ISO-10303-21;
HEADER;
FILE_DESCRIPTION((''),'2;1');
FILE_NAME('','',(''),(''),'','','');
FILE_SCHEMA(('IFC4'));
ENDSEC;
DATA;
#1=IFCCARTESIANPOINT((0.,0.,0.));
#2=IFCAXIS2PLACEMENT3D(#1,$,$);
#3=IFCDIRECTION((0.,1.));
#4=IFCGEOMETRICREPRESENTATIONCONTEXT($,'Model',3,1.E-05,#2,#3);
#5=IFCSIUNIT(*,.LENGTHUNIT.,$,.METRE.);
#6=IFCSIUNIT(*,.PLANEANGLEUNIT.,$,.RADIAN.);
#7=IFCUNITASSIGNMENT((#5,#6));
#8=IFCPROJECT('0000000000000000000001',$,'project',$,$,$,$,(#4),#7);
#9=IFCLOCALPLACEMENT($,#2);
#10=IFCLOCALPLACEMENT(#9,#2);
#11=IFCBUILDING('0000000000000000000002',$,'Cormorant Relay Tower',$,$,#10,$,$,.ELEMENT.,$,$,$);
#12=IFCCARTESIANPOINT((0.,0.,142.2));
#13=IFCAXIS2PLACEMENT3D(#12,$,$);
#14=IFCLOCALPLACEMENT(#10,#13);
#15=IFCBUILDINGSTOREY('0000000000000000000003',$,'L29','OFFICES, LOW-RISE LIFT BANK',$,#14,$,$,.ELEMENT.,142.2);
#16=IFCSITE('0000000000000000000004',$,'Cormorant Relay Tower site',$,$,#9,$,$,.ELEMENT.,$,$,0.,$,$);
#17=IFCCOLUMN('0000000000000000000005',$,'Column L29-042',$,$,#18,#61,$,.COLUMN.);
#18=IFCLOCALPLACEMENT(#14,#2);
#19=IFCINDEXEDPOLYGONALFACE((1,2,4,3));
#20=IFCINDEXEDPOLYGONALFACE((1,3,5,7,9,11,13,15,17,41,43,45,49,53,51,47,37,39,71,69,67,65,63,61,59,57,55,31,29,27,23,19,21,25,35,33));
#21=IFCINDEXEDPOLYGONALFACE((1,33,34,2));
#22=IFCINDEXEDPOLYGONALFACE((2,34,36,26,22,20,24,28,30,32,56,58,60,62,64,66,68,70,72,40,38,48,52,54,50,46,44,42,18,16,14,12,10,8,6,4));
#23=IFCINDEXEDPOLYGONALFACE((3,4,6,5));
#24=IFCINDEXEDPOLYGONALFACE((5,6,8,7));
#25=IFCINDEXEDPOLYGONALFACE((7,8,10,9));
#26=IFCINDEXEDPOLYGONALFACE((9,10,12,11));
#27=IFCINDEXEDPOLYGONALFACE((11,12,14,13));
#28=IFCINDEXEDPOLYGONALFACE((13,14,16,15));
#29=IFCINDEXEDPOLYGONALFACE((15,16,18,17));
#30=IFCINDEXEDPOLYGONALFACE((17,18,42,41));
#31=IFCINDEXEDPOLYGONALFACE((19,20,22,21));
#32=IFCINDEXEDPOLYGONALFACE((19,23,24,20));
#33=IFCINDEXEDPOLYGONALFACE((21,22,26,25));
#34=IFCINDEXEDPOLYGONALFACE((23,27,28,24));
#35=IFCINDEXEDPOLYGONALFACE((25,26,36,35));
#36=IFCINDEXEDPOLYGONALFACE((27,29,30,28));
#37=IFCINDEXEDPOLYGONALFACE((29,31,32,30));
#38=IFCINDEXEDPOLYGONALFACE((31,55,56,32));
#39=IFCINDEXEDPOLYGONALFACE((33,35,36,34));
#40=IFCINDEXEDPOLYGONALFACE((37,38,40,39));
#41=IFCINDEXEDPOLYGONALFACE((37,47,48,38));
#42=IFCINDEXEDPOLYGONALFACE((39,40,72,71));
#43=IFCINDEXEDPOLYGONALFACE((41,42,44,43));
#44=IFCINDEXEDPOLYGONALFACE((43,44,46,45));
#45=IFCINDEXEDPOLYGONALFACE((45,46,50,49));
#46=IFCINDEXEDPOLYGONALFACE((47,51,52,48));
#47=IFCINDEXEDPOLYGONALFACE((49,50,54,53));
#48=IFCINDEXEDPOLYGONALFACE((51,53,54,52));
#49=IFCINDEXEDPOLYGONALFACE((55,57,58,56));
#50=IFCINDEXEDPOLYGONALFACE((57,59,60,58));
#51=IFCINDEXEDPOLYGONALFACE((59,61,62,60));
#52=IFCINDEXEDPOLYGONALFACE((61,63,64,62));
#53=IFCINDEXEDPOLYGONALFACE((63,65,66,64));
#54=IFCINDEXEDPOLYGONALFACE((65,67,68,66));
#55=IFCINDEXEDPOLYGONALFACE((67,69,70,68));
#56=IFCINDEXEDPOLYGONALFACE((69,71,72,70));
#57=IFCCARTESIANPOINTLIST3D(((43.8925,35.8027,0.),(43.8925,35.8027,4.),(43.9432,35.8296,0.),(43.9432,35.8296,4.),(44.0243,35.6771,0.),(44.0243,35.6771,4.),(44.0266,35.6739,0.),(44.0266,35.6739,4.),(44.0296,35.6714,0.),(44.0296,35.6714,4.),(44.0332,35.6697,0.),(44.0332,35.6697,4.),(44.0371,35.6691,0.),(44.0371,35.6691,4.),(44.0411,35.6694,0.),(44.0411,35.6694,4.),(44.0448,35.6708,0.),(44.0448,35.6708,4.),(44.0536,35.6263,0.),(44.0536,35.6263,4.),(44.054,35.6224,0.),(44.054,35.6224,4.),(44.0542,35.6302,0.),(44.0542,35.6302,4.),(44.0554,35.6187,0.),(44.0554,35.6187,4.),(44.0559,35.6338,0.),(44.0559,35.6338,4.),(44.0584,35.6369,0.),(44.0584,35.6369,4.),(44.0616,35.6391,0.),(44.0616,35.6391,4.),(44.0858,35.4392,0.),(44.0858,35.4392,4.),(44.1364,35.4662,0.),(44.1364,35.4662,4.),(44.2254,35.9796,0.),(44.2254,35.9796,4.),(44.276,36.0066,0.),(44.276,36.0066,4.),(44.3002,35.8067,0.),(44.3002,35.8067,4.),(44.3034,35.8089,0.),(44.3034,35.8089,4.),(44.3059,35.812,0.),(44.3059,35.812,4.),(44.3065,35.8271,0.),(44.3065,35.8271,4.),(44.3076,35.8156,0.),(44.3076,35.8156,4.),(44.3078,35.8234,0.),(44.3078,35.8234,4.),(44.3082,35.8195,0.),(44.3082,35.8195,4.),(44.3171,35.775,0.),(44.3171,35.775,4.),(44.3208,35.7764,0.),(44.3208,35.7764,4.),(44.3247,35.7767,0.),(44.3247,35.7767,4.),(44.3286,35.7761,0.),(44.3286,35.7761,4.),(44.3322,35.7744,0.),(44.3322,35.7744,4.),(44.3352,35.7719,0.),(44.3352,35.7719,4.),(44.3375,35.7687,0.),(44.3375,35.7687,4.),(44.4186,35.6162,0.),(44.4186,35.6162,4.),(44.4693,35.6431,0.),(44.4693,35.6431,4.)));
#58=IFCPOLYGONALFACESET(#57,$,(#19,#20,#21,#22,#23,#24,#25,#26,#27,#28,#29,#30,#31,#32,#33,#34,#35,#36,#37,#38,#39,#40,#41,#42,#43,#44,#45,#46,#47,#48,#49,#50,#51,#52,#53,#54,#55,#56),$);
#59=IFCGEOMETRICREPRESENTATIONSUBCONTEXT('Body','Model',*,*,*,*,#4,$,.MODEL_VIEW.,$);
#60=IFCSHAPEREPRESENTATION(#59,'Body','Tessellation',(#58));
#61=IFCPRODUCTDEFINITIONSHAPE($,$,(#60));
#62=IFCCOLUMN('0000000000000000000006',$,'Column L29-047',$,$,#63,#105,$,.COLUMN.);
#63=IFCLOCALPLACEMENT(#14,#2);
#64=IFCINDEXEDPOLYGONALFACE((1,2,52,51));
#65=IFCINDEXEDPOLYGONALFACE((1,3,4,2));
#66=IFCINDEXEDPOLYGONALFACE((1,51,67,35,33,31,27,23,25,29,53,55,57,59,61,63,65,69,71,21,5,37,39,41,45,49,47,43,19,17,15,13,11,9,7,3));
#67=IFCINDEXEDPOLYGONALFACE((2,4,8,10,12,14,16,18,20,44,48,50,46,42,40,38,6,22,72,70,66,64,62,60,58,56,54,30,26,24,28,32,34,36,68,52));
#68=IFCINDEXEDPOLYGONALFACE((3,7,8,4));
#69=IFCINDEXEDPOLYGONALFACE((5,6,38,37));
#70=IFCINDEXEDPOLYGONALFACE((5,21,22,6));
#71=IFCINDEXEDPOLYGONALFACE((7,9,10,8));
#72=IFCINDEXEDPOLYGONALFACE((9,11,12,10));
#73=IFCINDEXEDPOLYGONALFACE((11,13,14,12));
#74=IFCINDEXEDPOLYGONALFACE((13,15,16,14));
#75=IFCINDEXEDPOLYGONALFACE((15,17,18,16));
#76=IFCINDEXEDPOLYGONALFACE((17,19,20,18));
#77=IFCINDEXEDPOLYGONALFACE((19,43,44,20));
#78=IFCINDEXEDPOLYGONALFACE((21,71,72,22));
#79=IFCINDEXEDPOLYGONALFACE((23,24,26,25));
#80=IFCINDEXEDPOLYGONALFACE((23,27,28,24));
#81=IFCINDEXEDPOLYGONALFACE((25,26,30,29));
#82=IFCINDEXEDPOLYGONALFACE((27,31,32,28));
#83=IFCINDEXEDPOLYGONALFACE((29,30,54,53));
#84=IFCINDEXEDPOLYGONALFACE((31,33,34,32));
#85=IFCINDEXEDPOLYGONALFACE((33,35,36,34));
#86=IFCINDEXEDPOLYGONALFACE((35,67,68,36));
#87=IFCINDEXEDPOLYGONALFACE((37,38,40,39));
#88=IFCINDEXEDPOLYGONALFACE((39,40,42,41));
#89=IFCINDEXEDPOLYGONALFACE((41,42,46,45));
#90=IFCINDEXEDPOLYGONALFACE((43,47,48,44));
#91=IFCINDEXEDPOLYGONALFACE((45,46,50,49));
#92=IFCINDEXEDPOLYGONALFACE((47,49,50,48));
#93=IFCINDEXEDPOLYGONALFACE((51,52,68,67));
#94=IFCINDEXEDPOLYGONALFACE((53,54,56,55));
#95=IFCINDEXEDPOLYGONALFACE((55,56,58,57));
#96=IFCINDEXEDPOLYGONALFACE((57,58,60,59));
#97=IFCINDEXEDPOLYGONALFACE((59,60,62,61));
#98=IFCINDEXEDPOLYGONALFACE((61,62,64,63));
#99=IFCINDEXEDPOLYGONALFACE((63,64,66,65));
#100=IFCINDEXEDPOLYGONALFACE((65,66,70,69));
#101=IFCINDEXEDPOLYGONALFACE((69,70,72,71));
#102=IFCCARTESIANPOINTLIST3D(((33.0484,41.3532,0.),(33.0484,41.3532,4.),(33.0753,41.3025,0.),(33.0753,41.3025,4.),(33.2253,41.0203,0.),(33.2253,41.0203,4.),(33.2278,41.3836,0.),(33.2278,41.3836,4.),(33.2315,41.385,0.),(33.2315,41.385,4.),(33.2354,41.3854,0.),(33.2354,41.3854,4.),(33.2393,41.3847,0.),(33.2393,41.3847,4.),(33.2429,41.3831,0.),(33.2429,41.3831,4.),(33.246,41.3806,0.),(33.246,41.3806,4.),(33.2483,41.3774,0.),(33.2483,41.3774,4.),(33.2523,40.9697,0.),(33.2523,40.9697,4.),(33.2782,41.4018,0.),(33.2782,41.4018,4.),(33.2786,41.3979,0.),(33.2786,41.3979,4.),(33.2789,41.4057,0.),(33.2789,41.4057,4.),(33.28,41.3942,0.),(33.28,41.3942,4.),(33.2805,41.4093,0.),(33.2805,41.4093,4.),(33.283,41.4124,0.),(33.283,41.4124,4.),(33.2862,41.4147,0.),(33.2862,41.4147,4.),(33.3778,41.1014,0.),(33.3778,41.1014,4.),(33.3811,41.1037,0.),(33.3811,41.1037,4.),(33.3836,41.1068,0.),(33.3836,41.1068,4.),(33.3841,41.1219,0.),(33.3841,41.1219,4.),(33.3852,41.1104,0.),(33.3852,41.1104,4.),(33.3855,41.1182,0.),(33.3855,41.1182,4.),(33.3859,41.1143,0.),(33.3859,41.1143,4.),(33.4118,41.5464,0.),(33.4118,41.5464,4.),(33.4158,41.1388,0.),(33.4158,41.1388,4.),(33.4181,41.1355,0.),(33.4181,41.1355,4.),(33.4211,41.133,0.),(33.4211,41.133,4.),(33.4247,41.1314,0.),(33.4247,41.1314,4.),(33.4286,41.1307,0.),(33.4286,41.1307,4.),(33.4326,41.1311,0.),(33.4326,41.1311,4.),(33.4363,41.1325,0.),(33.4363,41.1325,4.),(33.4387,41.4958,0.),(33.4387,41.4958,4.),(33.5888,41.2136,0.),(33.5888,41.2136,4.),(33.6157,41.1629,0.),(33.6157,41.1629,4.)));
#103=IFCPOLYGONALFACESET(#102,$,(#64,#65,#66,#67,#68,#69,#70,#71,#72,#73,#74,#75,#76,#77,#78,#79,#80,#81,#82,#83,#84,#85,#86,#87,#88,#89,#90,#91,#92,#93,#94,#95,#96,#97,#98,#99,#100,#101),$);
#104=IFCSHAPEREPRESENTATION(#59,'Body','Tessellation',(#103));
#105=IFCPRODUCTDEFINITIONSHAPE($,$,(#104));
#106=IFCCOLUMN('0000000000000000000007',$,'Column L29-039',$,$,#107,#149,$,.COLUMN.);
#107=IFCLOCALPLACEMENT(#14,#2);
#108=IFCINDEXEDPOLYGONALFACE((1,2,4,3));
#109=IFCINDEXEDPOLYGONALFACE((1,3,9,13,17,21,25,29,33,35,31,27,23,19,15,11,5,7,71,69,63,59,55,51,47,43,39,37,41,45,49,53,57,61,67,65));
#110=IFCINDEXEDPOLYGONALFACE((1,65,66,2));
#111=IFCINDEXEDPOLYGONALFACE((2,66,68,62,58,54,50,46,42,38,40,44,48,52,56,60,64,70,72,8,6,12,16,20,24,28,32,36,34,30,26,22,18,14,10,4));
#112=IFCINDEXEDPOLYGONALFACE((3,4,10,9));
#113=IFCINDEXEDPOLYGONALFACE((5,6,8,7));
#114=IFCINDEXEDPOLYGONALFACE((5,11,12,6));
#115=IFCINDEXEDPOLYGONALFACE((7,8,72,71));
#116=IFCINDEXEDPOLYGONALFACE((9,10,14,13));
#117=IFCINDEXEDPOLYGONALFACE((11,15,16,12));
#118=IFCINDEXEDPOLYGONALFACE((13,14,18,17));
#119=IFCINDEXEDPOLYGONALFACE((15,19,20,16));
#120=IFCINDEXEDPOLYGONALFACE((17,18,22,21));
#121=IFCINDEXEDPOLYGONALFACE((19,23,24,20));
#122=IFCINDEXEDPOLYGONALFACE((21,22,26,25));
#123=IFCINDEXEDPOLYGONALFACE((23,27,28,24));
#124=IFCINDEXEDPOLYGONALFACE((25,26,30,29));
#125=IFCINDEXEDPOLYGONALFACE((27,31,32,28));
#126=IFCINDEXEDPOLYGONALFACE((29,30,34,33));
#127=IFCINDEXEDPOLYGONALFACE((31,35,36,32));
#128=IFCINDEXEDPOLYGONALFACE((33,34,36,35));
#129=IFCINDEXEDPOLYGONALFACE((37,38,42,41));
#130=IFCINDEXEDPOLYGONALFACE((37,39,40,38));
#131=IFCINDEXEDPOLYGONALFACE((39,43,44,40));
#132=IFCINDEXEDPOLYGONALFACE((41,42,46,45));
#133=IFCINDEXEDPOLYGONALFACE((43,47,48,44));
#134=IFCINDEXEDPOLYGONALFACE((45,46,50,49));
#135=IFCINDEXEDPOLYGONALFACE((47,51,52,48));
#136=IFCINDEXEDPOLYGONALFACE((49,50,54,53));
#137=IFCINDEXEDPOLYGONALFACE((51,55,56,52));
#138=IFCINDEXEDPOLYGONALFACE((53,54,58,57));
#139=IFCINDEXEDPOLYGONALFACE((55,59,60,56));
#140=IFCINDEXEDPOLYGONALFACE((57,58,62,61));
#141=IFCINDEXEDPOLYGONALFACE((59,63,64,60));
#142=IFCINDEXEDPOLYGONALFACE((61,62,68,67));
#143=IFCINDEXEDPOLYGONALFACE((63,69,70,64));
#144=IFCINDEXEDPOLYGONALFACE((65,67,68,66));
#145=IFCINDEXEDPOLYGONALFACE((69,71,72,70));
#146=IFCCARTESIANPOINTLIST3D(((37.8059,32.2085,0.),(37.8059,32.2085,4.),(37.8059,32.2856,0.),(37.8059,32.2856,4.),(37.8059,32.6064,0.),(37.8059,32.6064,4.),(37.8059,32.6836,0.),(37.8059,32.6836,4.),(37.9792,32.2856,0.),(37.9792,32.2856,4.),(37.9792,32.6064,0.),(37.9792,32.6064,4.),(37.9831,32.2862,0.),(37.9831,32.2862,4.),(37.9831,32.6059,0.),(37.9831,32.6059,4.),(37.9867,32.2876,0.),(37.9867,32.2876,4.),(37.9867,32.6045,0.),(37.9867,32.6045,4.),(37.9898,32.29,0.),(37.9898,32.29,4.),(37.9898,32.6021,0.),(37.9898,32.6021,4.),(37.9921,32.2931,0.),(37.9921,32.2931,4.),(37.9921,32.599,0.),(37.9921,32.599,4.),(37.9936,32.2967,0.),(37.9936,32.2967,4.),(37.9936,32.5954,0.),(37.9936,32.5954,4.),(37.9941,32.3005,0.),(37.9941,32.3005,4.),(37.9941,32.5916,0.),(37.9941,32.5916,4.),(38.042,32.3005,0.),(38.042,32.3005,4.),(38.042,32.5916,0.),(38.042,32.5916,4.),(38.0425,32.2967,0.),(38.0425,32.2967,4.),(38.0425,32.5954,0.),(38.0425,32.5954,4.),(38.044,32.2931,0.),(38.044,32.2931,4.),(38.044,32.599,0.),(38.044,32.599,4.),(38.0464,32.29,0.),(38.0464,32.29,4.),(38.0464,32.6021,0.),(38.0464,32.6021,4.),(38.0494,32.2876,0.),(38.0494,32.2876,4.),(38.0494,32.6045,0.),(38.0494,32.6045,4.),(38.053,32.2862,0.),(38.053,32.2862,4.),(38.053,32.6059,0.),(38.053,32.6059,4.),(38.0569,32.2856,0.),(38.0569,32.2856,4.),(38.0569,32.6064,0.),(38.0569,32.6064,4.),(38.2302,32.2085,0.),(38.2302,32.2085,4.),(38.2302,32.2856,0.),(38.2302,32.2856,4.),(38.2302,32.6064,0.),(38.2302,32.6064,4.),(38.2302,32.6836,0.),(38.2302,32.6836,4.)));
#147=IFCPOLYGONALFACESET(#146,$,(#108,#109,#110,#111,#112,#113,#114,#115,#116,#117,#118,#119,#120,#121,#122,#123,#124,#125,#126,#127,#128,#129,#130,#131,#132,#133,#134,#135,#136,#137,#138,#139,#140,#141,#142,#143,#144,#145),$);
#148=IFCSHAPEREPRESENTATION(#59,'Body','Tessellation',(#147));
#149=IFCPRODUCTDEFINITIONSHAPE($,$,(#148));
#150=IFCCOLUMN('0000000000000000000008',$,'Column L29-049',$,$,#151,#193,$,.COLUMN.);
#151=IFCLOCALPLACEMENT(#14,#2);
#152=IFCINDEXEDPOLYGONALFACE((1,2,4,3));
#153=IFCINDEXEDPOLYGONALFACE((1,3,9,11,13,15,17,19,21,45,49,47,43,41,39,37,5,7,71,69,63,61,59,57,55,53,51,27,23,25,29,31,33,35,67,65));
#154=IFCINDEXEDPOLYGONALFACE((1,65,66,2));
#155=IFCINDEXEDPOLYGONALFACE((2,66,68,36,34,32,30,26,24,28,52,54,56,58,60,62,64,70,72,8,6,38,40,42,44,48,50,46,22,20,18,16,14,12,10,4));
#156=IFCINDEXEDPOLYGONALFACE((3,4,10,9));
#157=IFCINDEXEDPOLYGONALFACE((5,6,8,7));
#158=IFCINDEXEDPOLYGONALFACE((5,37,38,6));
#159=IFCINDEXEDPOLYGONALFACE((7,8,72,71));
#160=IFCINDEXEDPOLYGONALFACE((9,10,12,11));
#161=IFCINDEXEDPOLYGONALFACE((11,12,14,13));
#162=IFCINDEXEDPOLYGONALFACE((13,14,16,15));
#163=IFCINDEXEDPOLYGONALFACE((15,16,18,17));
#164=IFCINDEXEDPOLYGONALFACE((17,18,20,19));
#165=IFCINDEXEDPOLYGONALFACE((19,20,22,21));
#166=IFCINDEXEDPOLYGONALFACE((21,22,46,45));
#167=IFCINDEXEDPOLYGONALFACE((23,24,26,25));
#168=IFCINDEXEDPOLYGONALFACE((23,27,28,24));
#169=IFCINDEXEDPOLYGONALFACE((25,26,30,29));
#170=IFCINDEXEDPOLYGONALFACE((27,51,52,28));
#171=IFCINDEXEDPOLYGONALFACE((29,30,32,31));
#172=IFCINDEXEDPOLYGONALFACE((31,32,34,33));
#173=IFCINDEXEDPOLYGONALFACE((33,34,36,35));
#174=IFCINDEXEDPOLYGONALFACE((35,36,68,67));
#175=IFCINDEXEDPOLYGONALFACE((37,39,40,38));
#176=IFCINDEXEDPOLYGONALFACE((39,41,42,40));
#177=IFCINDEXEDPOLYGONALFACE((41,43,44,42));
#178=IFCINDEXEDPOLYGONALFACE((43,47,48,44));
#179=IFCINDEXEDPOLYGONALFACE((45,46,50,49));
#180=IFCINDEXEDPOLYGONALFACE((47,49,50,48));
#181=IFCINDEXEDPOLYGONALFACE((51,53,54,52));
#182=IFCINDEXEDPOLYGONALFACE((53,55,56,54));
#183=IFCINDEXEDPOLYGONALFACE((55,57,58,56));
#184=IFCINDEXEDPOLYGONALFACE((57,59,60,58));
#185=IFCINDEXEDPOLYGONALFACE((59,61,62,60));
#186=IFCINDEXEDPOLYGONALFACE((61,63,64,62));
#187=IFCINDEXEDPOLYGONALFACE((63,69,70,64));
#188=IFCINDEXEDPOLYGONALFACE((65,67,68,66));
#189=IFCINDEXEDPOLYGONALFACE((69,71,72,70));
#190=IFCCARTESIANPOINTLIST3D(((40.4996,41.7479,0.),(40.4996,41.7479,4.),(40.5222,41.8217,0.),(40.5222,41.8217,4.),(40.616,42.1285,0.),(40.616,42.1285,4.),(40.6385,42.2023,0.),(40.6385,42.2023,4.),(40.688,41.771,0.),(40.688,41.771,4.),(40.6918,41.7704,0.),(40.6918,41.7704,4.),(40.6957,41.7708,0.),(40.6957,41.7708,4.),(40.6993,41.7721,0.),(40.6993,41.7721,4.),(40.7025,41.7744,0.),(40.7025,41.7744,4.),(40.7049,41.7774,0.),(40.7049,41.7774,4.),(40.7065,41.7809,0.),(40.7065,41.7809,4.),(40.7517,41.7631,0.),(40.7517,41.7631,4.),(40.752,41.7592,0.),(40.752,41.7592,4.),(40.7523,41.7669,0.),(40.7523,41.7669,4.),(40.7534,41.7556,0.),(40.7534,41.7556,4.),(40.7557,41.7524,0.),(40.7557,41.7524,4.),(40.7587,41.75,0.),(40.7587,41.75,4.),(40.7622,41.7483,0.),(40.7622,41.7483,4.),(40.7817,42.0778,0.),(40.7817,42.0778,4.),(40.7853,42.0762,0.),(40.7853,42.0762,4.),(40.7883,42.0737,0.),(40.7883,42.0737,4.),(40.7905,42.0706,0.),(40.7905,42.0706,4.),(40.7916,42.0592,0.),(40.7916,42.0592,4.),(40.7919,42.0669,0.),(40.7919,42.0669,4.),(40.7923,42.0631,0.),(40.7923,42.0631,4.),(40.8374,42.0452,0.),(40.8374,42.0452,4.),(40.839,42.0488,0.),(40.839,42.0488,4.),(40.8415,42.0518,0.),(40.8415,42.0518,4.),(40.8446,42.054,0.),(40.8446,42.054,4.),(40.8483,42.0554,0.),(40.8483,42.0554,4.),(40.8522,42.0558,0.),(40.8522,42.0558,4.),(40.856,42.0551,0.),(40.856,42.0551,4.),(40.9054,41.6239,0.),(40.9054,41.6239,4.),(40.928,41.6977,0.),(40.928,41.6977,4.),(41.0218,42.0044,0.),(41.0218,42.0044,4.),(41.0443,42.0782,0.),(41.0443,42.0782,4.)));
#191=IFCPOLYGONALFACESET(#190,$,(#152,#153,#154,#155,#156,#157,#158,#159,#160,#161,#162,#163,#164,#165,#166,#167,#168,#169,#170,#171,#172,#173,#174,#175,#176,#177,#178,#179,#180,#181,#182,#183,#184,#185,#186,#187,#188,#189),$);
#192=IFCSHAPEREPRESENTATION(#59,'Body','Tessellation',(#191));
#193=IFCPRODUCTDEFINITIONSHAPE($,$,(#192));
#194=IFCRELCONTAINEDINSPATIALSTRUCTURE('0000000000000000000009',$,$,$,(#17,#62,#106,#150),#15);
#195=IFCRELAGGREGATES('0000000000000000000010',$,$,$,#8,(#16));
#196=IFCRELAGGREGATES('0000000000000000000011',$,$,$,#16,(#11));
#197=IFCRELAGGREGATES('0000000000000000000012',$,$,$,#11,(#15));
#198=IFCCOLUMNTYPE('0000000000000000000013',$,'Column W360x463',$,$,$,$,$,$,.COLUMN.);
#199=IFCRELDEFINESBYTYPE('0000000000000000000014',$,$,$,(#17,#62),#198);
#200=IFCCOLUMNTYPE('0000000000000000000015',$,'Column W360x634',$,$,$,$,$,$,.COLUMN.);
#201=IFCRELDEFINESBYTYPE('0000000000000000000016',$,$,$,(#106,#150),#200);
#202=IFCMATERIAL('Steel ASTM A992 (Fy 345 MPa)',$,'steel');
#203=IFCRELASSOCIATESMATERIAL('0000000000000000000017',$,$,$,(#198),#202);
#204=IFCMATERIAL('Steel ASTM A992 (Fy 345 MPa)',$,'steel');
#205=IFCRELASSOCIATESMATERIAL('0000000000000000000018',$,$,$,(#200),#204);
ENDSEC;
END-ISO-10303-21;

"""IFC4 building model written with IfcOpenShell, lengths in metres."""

from ifc_helpers import new_model, si_unit, direction, frame, origin, origin_2d, place, context, subcontext, project, spatial, i_section, extrude, material, material_profile, profile_set, type_object, element, save


model = new_model("IFC4")

# Units and contexts
model_context = context("Model", 3, precision=1e-05, world=origin(), true_north=direction((0.0, 1.0)))
body_context = subcontext(model_context, "Body", "Model", "MODEL_VIEW")
ifc_project = project(units=[si_unit("LENGTHUNIT", "METRE"), si_unit("PLANEANGLEUNIT", "RADIAN")], contexts=[model_context])

# Site, building, storey
site_placement = place(None, origin())
site = spatial("IfcSite", under=ifc_project, at=site_placement, Name="Cormorant Relay Tower site", CompositionType="ELEMENT", RefElevation=0.0)
building_placement = place(site_placement, origin())
building = spatial("IfcBuilding", under=site, at=building_placement, Name="Cormorant Relay Tower", CompositionType="ELEMENT")
storey_placement = place(building_placement, frame((0.0, 0.0, 142.2)))
storey = spatial("IfcBuildingStorey", under=building, at=storey_placement, Name="L29", Description="OFFICES, LOW-RISE LIFT BANK", CompositionType="ELEMENT", Elevation=142.2)

# Columns
ifc_material_1 = material(Name="Steel ASTM A992 (Fy 345 MPa)", Category="steel")
ifc_material_profile_1 = material_profile(ifc_material_1, i_section(OverallWidth=0.4116, OverallDepth=0.4343, WebThickness=0.0359, FlangeThickness=0.0574, FilletRadius=0.0151, at=origin_2d()), Name="W360x463")
ifc_profile_set_1 = profile_set([ifc_material_profile_1], Name="Steel ASTM A992 (Fy 345 MPa)")
column_type_1 = type_object("IfcColumnType", Name="Column W360x463", PredefinedType="COLUMN", material=ifc_profile_set_1)
for number, where, z_axis, x_axis, name in (
    (1, (44.1809, 35.7229, 0.0), (0.0, 0.0, 1.0), (-0.469472, 0.882948, 0.0), "Column L29-042"),
    (2, (33.332, 41.2581, 0.0), (0.0, 0.0, 1.0), (-0.882948, -0.469472, 0.0), "Column L29-047"),
):
    element("IfcColumn", number, at=place(storey_placement, frame(where, z_axis=z_axis, x_axis=x_axis)), inside=storey, type_object=column_type_1, Name=name, PredefinedType="COLUMN", context=body_context, shape_type="SweptSolid", body=[
        extrude(i_section(OverallWidth=0.4116, OverallDepth=0.4343, WebThickness=0.0359, FlangeThickness=0.0574, FilletRadius=0.0151, at=origin_2d()), origin(), (0.0, 0.0, 1.0), 4.0),
    ])
ifc_material_2 = material(Name="Steel ASTM A992 (Fy 345 MPa)", Category="steel")
ifc_material_profile_2 = material_profile(ifc_material_2, i_section(OverallWidth=0.4243, OverallDepth=0.4751, WebThickness=0.0479, FlangeThickness=0.0771, FilletRadius=0.0149, at=origin_2d()), Name="W360x634")
ifc_profile_set_2 = profile_set([ifc_material_profile_2], Name="Steel ASTM A992 (Fy 345 MPa)")
column_type_2 = type_object("IfcColumnType", Name="Column W360x634", PredefinedType="COLUMN", material=ifc_profile_set_2)
for number, where, z_axis, x_axis, name in (
    (3, (38.0181, 32.446, 0.0), (0.0, 0.0, 1.0), (1.0, 0.0, 0.0), "Column L29-039"),
    (4, (40.772, 41.9131, 0.0), (0.0, 0.0, 1.0), (-0.956305, 0.292372, 0.0), "Column L29-049"),
):
    element("IfcColumn", number, at=place(storey_placement, frame(where, z_axis=z_axis, x_axis=x_axis)), inside=storey, type_object=column_type_2, Name=name, PredefinedType="COLUMN", context=body_context, shape_type="SweptSolid", body=[
        extrude(i_section(OverallWidth=0.4243, OverallDepth=0.4751, WebThickness=0.0479, FlangeThickness=0.0771, FilletRadius=0.0149, at=origin_2d()), origin(), (0.0, 0.0, 1.0), 4.0),
    ])

save(model, "model.ifc")
